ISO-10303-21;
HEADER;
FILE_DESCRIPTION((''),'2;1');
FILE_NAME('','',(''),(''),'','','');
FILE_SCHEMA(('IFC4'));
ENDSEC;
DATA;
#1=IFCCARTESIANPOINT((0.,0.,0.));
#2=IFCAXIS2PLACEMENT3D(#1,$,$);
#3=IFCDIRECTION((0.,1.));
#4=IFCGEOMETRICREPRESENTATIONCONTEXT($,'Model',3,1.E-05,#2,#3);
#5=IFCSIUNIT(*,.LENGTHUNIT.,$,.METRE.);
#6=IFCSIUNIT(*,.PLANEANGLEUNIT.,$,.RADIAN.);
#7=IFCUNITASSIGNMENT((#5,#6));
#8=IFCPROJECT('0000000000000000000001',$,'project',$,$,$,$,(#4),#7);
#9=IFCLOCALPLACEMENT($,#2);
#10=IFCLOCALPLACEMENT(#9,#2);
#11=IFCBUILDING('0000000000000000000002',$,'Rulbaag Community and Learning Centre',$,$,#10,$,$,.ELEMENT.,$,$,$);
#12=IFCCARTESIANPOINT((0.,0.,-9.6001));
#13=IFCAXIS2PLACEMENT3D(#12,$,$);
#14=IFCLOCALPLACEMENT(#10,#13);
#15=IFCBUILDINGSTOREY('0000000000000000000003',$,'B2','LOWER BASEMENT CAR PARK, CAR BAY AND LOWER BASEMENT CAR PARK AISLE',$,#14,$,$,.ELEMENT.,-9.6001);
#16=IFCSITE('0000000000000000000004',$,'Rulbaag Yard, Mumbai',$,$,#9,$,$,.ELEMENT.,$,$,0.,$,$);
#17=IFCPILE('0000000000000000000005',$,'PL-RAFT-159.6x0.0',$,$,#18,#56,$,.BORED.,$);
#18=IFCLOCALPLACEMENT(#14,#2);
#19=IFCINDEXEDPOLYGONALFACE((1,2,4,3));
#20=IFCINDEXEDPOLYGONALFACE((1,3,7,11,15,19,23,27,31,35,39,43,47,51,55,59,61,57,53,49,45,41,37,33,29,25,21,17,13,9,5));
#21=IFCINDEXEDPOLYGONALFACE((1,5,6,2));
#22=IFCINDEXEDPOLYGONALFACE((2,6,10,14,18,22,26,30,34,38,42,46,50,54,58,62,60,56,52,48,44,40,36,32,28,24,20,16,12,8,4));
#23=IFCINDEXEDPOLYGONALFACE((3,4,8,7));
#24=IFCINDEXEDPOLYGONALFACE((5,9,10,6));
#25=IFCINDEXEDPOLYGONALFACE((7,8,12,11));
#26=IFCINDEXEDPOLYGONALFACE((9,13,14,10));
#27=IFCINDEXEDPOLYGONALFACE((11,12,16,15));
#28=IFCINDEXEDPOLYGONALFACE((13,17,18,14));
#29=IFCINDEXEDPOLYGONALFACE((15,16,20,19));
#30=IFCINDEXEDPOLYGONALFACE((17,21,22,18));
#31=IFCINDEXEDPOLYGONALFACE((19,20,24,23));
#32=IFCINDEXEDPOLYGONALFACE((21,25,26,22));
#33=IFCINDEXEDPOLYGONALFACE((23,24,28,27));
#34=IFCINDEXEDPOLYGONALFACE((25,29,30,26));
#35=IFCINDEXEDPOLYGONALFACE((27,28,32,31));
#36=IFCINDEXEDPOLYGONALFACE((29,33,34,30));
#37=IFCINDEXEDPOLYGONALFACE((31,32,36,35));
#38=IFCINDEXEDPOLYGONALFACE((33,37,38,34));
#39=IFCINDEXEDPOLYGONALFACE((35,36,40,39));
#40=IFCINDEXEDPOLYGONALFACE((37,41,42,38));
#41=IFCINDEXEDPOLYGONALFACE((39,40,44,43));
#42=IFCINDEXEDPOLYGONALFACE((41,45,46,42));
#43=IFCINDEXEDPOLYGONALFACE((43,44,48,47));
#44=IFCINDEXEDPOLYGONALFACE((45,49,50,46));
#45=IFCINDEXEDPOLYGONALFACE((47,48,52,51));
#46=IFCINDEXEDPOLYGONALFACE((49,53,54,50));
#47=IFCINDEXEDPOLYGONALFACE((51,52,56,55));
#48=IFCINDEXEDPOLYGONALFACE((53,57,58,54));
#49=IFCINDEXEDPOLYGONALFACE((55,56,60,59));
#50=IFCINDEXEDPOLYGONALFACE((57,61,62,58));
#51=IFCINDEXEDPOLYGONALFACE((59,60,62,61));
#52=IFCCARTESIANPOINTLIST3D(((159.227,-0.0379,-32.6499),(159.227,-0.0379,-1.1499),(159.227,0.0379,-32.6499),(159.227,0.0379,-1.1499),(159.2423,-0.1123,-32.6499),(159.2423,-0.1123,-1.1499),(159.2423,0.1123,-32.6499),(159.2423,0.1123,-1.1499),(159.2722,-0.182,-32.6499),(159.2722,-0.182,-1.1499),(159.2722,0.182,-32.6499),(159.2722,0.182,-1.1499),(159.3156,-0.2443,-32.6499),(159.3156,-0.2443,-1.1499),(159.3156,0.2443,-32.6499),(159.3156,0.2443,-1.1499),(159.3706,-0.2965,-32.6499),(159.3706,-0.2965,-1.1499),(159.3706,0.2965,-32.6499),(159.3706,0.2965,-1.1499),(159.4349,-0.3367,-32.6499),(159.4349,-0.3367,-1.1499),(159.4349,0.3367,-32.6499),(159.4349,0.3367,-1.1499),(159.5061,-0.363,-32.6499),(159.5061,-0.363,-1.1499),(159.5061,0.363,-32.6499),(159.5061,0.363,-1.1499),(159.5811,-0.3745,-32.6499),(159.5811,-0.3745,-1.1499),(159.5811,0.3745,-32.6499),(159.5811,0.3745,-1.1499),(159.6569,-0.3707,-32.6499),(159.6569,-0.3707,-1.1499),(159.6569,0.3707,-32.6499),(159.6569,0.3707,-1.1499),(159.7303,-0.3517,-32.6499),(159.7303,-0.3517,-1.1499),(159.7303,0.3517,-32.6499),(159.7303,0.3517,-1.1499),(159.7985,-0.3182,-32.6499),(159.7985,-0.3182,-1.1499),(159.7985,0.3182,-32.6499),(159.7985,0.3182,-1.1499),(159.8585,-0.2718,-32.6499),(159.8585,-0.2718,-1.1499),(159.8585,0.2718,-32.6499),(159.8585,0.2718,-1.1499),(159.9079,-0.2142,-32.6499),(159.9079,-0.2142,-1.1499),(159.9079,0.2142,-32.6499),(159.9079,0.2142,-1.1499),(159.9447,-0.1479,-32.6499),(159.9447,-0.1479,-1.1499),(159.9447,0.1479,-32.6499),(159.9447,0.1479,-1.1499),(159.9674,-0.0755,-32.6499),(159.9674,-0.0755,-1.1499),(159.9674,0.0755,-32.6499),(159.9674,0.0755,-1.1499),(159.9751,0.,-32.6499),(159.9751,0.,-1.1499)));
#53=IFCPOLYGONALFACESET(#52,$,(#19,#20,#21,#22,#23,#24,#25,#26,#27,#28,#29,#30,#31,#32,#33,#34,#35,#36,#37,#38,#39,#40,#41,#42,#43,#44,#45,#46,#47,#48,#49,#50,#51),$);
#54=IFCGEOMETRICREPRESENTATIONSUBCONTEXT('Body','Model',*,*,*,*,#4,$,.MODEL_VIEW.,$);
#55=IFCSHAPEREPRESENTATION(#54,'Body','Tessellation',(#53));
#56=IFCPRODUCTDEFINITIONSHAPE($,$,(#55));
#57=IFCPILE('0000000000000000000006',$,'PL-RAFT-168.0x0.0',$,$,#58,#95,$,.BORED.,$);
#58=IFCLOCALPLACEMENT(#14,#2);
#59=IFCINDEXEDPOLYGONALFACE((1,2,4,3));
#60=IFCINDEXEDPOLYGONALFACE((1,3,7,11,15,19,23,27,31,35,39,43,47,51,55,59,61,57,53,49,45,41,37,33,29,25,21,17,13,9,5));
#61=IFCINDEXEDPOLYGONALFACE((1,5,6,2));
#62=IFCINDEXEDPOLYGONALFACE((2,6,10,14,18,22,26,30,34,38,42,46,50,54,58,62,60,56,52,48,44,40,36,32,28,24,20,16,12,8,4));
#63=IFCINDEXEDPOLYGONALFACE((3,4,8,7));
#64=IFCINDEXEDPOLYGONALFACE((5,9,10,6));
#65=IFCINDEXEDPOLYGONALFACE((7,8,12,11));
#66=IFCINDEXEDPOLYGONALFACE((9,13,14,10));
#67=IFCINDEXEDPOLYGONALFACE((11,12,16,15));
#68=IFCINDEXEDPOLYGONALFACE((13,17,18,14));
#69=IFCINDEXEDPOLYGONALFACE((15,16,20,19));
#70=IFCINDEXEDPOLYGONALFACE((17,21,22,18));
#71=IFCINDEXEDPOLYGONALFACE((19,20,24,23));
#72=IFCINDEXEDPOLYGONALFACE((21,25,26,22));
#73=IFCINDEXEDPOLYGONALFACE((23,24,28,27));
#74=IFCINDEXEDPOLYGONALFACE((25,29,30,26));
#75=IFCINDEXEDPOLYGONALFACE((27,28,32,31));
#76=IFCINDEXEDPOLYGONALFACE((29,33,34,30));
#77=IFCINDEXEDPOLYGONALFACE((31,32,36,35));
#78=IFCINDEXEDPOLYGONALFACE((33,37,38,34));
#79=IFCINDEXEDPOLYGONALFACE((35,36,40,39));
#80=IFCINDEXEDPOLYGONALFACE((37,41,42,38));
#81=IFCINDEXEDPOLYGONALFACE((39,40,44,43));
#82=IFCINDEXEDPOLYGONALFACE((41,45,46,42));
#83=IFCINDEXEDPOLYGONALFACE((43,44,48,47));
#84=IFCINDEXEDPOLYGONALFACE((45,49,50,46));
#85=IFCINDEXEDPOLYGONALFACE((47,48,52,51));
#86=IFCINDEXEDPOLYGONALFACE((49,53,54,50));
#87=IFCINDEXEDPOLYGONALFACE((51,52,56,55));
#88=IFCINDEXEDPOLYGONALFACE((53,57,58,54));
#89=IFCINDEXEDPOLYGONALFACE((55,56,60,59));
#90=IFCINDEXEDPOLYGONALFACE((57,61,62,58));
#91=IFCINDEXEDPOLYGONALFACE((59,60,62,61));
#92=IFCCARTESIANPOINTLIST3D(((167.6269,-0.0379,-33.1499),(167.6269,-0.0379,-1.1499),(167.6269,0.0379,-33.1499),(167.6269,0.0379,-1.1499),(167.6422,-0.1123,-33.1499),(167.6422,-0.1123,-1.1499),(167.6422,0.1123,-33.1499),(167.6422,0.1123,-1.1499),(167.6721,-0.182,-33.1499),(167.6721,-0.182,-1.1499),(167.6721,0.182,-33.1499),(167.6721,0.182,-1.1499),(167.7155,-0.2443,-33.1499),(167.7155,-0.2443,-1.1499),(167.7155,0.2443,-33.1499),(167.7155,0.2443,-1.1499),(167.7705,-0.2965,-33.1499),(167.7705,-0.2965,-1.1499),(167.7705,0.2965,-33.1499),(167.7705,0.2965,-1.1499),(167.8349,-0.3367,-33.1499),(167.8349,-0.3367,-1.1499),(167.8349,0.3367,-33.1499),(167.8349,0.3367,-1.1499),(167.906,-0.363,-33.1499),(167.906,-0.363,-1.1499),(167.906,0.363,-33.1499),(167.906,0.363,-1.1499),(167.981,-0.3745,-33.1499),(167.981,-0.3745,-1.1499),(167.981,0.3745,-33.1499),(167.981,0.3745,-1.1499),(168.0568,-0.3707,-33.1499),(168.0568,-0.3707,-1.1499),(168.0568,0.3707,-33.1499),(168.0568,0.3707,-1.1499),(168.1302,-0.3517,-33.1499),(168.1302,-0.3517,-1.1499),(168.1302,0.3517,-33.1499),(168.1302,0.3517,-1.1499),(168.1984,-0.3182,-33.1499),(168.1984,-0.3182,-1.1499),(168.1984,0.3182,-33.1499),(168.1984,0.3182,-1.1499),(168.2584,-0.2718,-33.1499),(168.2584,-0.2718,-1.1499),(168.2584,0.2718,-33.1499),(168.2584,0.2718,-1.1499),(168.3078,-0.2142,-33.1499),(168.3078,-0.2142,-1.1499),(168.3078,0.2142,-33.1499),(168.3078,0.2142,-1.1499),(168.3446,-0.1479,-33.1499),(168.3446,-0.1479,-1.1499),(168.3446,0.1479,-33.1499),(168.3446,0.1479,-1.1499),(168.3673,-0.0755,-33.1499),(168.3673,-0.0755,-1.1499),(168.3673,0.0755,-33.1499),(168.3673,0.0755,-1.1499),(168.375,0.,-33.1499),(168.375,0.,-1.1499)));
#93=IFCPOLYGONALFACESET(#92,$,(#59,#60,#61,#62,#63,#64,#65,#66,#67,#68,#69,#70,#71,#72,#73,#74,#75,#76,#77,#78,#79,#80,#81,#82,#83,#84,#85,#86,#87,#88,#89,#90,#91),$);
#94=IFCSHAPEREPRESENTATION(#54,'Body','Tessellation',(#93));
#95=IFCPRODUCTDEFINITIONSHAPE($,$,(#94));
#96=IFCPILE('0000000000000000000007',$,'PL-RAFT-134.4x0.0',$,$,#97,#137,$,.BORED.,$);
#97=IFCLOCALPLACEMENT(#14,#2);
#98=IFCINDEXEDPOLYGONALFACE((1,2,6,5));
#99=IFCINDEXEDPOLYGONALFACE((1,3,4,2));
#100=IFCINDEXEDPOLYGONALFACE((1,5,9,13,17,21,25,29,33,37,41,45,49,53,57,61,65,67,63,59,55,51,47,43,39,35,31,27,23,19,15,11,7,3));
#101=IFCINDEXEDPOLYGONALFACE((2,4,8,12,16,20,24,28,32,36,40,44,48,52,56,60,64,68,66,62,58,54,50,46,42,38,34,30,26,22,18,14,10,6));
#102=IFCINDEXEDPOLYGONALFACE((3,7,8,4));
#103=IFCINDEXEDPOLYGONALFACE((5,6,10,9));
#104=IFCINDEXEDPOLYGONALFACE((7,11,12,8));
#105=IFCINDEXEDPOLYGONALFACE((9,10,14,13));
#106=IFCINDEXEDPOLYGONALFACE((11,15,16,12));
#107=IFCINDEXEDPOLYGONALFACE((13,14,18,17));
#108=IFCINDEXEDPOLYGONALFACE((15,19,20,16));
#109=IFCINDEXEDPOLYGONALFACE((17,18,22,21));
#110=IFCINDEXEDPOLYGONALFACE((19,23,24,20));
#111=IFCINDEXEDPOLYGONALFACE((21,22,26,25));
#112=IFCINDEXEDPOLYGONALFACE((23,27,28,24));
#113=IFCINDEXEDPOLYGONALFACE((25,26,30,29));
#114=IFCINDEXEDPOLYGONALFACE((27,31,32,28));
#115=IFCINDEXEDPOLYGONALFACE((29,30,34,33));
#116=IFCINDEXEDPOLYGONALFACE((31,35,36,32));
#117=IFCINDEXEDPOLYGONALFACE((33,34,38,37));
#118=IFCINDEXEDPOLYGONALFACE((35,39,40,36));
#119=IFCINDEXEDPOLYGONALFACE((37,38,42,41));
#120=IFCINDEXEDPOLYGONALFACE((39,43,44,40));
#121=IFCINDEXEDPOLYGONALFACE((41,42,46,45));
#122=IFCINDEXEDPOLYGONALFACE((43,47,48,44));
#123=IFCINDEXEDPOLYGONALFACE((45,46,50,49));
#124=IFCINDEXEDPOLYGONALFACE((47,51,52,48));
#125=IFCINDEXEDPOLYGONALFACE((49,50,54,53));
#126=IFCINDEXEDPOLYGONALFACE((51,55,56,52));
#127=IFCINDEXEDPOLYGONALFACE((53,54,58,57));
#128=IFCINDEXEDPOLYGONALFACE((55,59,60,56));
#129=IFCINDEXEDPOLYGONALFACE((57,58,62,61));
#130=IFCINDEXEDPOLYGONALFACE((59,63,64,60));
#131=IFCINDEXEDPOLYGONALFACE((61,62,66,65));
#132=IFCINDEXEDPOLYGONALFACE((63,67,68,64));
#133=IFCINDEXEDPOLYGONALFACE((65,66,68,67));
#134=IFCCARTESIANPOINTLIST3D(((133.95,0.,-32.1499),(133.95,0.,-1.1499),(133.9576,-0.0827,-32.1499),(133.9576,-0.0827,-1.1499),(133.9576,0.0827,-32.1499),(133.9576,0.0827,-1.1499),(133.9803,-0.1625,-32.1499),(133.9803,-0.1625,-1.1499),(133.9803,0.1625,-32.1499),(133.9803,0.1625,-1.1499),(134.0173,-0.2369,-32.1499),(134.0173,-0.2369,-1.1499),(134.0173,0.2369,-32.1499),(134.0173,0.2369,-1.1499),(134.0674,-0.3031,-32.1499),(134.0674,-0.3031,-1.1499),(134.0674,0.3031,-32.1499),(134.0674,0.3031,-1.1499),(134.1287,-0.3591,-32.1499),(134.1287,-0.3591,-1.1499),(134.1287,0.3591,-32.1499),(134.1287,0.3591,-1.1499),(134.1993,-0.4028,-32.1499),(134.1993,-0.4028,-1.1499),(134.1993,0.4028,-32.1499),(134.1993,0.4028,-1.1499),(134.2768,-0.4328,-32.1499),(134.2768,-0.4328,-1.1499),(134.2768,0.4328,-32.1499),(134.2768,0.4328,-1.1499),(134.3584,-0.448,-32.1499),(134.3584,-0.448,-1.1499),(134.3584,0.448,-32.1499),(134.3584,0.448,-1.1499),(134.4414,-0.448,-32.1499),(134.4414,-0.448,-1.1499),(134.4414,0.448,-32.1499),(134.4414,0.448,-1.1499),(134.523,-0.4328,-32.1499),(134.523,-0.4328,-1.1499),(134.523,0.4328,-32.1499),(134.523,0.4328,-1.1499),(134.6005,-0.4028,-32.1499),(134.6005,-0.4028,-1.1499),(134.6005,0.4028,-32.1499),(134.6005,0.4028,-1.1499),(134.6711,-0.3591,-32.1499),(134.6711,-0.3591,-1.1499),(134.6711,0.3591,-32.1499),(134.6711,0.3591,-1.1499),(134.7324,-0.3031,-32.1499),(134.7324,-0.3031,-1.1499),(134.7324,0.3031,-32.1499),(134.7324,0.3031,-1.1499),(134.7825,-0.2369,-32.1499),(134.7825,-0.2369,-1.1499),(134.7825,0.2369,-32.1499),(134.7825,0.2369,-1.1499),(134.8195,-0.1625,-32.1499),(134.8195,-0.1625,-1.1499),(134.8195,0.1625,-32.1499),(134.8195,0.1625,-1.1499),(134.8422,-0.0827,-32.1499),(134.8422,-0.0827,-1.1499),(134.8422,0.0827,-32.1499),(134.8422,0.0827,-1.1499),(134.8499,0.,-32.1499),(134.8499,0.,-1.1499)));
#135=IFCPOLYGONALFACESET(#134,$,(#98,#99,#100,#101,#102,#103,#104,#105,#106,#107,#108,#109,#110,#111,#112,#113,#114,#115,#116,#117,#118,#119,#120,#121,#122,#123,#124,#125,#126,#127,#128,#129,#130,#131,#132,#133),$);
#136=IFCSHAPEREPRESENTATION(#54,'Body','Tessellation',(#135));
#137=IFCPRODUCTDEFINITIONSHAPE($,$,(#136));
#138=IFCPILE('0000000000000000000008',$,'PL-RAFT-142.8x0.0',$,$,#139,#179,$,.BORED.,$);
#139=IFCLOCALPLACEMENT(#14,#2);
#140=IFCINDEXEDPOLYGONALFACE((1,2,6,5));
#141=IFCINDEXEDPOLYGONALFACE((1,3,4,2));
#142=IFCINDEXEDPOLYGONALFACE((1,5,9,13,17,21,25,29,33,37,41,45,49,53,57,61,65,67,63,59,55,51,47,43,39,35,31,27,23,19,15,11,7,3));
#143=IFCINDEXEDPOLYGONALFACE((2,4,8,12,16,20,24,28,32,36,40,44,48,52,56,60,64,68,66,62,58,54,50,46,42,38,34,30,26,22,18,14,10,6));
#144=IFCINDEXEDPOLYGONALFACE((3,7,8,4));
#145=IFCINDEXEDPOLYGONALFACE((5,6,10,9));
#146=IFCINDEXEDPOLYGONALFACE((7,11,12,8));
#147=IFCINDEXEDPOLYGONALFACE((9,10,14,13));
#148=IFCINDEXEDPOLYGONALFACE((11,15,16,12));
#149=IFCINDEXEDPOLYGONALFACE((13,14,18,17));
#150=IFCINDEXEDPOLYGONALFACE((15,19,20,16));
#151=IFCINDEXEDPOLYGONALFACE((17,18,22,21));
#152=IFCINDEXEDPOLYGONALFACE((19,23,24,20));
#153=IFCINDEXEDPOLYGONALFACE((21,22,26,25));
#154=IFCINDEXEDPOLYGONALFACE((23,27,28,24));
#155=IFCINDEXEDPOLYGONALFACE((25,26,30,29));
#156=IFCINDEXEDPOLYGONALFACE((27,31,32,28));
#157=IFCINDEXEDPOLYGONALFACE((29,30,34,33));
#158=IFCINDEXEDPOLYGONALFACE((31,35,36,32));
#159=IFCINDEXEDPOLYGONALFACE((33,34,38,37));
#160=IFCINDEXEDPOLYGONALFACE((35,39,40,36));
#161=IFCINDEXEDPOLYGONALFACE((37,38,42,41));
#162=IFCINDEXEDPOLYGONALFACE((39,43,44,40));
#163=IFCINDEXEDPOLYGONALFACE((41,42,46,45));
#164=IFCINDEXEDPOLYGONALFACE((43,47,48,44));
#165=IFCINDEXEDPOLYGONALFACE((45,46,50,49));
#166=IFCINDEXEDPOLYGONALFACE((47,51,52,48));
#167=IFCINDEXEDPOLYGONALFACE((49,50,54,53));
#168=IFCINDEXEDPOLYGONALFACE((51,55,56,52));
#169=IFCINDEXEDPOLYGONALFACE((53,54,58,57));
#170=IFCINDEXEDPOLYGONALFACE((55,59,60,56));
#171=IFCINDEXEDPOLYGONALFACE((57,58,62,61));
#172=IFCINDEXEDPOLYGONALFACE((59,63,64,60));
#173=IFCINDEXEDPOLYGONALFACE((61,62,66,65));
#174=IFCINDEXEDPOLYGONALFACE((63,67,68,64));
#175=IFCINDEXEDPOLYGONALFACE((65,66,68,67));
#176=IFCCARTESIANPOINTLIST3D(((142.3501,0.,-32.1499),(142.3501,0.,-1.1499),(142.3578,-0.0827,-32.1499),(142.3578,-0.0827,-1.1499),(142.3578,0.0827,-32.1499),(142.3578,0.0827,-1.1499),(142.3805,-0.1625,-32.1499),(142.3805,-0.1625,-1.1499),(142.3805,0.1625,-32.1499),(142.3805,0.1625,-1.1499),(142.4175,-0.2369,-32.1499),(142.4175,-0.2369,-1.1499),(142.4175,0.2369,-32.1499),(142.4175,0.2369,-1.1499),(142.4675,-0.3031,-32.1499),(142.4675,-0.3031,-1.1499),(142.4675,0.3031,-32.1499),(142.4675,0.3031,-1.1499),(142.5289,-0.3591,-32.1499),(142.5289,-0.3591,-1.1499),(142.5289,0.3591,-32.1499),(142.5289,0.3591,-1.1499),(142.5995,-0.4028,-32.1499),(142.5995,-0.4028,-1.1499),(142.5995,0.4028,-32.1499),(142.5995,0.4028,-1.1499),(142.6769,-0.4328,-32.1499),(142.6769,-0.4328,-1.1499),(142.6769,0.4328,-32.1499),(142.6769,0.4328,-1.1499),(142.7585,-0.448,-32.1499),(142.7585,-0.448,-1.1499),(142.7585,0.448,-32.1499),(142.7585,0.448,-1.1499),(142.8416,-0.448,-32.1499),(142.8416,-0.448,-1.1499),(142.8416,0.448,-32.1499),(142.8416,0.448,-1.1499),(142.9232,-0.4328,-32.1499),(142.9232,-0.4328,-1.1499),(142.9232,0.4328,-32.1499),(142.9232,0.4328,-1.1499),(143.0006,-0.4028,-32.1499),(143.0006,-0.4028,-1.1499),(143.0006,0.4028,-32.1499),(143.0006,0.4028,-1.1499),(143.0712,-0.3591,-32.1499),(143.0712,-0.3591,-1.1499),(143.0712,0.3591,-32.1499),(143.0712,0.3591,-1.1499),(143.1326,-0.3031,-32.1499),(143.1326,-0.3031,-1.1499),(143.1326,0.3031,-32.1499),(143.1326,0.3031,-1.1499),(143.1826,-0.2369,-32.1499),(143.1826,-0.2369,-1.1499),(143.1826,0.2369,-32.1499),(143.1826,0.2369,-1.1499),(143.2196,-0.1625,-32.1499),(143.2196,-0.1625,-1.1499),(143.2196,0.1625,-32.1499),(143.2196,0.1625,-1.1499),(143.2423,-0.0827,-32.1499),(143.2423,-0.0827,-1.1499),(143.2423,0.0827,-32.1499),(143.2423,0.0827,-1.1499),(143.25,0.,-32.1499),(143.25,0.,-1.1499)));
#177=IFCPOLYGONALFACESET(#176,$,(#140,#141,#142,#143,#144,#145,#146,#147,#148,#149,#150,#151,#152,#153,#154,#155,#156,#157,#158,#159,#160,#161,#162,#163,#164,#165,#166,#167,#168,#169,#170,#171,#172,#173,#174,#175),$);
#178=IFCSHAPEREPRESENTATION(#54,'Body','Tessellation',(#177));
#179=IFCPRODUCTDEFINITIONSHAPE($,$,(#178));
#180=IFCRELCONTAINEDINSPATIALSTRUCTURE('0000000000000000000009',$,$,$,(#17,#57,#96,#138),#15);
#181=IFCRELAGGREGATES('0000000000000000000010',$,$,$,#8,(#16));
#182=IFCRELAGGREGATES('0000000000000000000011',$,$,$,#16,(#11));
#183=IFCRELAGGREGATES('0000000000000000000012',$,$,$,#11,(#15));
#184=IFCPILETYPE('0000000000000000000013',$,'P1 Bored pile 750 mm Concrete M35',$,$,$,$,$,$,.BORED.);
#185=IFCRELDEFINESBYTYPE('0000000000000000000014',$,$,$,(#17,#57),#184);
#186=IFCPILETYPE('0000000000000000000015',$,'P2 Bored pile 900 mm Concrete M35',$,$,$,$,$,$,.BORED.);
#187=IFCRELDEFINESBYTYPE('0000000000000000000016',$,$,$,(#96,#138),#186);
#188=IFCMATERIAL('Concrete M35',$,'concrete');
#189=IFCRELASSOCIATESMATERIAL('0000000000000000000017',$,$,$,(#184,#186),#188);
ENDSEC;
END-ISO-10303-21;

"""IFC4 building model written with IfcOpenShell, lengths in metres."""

from ifc_helpers import new_model, si_unit, direction, frame, origin, origin_2d, place, context, subcontext, project, spatial, circle, extrude, material, material_profile, profile_set, type_object, element, save


model = new_model("IFC4")

# Units and contexts
model_context = context("Model", 3, precision=1e-05, world=origin(), true_north=direction((0.0, 1.0)))
body_context = subcontext(model_context, "Body", "Model", "MODEL_VIEW")
ifc_project = project(units=[si_unit("LENGTHUNIT", "METRE"), si_unit("PLANEANGLEUNIT", "RADIAN")], contexts=[model_context])

# Site, building, storey
site_placement = place(None, origin())
site = spatial("IfcSite", under=ifc_project, at=site_placement, Name="Rulbaag Yard, Mumbai", CompositionType="ELEMENT", RefElevation=0.0)
building_placement = place(site_placement, origin())
building = spatial("IfcBuilding", under=site, at=building_placement, Name="Rulbaag Community and Learning Centre", CompositionType="ELEMENT")
storey_placement = place(building_placement, frame((0.0, 0.0, -9.6001)))
storey = spatial("IfcBuildingStorey", under=building, at=storey_placement, Name="B2", Description="LOWER BASEMENT CAR PARK, CAR BAY AND LOWER BASEMENT CAR PARK AISLE", CompositionType="ELEMENT", Elevation=-9.6001)

# Piles
ifc_material_1 = material(Name="Concrete M35", Category="concrete")
ifc_material_profile_1 = material_profile(ifc_material_1, circle(Radius=0.375, at=origin_2d()), Name="BP750")
ifc_profile_set_1 = profile_set([ifc_material_profile_1], Name="Concrete M35")
pile_type_1 = type_object("IfcPileType", Name="P1 Bored pile 750 mm Concrete M35", PredefinedType="BORED", material=ifc_profile_set_1)
pile_1_placement = place(storey_placement, frame((159.6001, 0.0, -1.1499), z_axis=(0.0, 0.0, -1.0), x_axis=(1.0, 0.0, 0.0)))
element("IfcPile", 1, at=pile_1_placement, inside=storey, type_object=pile_type_1, Name="PL-RAFT-159.6x0.0", PredefinedType="BORED", context=body_context, shape_type="SweptSolid", body=[
    extrude(circle(Radius=0.375, at=origin_2d()), origin(), (0.0, 0.0, 1.0), 31.5),
])
pile_2_placement = place(storey_placement, frame((168.0, 0.0, -1.1499), z_axis=(0.0, 0.0, -1.0), x_axis=(1.0, 0.0, 0.0)))
element("IfcPile", 2, at=pile_2_placement, inside=storey, type_object=pile_type_1, Name="PL-RAFT-168.0x0.0", PredefinedType="BORED", context=body_context, shape_type="SweptSolid", body=[
    extrude(circle(Radius=0.375, at=origin_2d()), origin(), (0.0, 0.0, 1.0), 32.0),
])
ifc_material_profile_2 = material_profile(ifc_material_1, circle(Radius=0.45, at=origin_2d()), Name="BP900")
ifc_profile_set_2 = profile_set([ifc_material_profile_2], Name="Concrete M35")
pile_type_2 = type_object("IfcPileType", Name="P2 Bored pile 900 mm Concrete M35", PredefinedType="BORED", material=ifc_profile_set_2)
for number, where, z_axis, x_axis, name in (
    (3, (134.3999, 0.0, -1.1499), (0.0, 0.0, -1.0), (1.0, 0.0, 0.0), "PL-RAFT-134.4x0.0"),
    (4, (142.8, 0.0, -1.1499), (0.0, 0.0, -1.0), (1.0, 0.0, 0.0), "PL-RAFT-142.8x0.0"),
):
    element("IfcPile", number, at=place(storey_placement, frame(where, z_axis=z_axis, x_axis=x_axis)), inside=storey, type_object=pile_type_2, Name=name, PredefinedType="BORED", context=body_context, shape_type="SweptSolid", body=[
        extrude(circle(Radius=0.45, at=origin_2d()), origin(), (0.0, 0.0, 1.0), 31.0),
    ])

save(model, "model.ifc")
